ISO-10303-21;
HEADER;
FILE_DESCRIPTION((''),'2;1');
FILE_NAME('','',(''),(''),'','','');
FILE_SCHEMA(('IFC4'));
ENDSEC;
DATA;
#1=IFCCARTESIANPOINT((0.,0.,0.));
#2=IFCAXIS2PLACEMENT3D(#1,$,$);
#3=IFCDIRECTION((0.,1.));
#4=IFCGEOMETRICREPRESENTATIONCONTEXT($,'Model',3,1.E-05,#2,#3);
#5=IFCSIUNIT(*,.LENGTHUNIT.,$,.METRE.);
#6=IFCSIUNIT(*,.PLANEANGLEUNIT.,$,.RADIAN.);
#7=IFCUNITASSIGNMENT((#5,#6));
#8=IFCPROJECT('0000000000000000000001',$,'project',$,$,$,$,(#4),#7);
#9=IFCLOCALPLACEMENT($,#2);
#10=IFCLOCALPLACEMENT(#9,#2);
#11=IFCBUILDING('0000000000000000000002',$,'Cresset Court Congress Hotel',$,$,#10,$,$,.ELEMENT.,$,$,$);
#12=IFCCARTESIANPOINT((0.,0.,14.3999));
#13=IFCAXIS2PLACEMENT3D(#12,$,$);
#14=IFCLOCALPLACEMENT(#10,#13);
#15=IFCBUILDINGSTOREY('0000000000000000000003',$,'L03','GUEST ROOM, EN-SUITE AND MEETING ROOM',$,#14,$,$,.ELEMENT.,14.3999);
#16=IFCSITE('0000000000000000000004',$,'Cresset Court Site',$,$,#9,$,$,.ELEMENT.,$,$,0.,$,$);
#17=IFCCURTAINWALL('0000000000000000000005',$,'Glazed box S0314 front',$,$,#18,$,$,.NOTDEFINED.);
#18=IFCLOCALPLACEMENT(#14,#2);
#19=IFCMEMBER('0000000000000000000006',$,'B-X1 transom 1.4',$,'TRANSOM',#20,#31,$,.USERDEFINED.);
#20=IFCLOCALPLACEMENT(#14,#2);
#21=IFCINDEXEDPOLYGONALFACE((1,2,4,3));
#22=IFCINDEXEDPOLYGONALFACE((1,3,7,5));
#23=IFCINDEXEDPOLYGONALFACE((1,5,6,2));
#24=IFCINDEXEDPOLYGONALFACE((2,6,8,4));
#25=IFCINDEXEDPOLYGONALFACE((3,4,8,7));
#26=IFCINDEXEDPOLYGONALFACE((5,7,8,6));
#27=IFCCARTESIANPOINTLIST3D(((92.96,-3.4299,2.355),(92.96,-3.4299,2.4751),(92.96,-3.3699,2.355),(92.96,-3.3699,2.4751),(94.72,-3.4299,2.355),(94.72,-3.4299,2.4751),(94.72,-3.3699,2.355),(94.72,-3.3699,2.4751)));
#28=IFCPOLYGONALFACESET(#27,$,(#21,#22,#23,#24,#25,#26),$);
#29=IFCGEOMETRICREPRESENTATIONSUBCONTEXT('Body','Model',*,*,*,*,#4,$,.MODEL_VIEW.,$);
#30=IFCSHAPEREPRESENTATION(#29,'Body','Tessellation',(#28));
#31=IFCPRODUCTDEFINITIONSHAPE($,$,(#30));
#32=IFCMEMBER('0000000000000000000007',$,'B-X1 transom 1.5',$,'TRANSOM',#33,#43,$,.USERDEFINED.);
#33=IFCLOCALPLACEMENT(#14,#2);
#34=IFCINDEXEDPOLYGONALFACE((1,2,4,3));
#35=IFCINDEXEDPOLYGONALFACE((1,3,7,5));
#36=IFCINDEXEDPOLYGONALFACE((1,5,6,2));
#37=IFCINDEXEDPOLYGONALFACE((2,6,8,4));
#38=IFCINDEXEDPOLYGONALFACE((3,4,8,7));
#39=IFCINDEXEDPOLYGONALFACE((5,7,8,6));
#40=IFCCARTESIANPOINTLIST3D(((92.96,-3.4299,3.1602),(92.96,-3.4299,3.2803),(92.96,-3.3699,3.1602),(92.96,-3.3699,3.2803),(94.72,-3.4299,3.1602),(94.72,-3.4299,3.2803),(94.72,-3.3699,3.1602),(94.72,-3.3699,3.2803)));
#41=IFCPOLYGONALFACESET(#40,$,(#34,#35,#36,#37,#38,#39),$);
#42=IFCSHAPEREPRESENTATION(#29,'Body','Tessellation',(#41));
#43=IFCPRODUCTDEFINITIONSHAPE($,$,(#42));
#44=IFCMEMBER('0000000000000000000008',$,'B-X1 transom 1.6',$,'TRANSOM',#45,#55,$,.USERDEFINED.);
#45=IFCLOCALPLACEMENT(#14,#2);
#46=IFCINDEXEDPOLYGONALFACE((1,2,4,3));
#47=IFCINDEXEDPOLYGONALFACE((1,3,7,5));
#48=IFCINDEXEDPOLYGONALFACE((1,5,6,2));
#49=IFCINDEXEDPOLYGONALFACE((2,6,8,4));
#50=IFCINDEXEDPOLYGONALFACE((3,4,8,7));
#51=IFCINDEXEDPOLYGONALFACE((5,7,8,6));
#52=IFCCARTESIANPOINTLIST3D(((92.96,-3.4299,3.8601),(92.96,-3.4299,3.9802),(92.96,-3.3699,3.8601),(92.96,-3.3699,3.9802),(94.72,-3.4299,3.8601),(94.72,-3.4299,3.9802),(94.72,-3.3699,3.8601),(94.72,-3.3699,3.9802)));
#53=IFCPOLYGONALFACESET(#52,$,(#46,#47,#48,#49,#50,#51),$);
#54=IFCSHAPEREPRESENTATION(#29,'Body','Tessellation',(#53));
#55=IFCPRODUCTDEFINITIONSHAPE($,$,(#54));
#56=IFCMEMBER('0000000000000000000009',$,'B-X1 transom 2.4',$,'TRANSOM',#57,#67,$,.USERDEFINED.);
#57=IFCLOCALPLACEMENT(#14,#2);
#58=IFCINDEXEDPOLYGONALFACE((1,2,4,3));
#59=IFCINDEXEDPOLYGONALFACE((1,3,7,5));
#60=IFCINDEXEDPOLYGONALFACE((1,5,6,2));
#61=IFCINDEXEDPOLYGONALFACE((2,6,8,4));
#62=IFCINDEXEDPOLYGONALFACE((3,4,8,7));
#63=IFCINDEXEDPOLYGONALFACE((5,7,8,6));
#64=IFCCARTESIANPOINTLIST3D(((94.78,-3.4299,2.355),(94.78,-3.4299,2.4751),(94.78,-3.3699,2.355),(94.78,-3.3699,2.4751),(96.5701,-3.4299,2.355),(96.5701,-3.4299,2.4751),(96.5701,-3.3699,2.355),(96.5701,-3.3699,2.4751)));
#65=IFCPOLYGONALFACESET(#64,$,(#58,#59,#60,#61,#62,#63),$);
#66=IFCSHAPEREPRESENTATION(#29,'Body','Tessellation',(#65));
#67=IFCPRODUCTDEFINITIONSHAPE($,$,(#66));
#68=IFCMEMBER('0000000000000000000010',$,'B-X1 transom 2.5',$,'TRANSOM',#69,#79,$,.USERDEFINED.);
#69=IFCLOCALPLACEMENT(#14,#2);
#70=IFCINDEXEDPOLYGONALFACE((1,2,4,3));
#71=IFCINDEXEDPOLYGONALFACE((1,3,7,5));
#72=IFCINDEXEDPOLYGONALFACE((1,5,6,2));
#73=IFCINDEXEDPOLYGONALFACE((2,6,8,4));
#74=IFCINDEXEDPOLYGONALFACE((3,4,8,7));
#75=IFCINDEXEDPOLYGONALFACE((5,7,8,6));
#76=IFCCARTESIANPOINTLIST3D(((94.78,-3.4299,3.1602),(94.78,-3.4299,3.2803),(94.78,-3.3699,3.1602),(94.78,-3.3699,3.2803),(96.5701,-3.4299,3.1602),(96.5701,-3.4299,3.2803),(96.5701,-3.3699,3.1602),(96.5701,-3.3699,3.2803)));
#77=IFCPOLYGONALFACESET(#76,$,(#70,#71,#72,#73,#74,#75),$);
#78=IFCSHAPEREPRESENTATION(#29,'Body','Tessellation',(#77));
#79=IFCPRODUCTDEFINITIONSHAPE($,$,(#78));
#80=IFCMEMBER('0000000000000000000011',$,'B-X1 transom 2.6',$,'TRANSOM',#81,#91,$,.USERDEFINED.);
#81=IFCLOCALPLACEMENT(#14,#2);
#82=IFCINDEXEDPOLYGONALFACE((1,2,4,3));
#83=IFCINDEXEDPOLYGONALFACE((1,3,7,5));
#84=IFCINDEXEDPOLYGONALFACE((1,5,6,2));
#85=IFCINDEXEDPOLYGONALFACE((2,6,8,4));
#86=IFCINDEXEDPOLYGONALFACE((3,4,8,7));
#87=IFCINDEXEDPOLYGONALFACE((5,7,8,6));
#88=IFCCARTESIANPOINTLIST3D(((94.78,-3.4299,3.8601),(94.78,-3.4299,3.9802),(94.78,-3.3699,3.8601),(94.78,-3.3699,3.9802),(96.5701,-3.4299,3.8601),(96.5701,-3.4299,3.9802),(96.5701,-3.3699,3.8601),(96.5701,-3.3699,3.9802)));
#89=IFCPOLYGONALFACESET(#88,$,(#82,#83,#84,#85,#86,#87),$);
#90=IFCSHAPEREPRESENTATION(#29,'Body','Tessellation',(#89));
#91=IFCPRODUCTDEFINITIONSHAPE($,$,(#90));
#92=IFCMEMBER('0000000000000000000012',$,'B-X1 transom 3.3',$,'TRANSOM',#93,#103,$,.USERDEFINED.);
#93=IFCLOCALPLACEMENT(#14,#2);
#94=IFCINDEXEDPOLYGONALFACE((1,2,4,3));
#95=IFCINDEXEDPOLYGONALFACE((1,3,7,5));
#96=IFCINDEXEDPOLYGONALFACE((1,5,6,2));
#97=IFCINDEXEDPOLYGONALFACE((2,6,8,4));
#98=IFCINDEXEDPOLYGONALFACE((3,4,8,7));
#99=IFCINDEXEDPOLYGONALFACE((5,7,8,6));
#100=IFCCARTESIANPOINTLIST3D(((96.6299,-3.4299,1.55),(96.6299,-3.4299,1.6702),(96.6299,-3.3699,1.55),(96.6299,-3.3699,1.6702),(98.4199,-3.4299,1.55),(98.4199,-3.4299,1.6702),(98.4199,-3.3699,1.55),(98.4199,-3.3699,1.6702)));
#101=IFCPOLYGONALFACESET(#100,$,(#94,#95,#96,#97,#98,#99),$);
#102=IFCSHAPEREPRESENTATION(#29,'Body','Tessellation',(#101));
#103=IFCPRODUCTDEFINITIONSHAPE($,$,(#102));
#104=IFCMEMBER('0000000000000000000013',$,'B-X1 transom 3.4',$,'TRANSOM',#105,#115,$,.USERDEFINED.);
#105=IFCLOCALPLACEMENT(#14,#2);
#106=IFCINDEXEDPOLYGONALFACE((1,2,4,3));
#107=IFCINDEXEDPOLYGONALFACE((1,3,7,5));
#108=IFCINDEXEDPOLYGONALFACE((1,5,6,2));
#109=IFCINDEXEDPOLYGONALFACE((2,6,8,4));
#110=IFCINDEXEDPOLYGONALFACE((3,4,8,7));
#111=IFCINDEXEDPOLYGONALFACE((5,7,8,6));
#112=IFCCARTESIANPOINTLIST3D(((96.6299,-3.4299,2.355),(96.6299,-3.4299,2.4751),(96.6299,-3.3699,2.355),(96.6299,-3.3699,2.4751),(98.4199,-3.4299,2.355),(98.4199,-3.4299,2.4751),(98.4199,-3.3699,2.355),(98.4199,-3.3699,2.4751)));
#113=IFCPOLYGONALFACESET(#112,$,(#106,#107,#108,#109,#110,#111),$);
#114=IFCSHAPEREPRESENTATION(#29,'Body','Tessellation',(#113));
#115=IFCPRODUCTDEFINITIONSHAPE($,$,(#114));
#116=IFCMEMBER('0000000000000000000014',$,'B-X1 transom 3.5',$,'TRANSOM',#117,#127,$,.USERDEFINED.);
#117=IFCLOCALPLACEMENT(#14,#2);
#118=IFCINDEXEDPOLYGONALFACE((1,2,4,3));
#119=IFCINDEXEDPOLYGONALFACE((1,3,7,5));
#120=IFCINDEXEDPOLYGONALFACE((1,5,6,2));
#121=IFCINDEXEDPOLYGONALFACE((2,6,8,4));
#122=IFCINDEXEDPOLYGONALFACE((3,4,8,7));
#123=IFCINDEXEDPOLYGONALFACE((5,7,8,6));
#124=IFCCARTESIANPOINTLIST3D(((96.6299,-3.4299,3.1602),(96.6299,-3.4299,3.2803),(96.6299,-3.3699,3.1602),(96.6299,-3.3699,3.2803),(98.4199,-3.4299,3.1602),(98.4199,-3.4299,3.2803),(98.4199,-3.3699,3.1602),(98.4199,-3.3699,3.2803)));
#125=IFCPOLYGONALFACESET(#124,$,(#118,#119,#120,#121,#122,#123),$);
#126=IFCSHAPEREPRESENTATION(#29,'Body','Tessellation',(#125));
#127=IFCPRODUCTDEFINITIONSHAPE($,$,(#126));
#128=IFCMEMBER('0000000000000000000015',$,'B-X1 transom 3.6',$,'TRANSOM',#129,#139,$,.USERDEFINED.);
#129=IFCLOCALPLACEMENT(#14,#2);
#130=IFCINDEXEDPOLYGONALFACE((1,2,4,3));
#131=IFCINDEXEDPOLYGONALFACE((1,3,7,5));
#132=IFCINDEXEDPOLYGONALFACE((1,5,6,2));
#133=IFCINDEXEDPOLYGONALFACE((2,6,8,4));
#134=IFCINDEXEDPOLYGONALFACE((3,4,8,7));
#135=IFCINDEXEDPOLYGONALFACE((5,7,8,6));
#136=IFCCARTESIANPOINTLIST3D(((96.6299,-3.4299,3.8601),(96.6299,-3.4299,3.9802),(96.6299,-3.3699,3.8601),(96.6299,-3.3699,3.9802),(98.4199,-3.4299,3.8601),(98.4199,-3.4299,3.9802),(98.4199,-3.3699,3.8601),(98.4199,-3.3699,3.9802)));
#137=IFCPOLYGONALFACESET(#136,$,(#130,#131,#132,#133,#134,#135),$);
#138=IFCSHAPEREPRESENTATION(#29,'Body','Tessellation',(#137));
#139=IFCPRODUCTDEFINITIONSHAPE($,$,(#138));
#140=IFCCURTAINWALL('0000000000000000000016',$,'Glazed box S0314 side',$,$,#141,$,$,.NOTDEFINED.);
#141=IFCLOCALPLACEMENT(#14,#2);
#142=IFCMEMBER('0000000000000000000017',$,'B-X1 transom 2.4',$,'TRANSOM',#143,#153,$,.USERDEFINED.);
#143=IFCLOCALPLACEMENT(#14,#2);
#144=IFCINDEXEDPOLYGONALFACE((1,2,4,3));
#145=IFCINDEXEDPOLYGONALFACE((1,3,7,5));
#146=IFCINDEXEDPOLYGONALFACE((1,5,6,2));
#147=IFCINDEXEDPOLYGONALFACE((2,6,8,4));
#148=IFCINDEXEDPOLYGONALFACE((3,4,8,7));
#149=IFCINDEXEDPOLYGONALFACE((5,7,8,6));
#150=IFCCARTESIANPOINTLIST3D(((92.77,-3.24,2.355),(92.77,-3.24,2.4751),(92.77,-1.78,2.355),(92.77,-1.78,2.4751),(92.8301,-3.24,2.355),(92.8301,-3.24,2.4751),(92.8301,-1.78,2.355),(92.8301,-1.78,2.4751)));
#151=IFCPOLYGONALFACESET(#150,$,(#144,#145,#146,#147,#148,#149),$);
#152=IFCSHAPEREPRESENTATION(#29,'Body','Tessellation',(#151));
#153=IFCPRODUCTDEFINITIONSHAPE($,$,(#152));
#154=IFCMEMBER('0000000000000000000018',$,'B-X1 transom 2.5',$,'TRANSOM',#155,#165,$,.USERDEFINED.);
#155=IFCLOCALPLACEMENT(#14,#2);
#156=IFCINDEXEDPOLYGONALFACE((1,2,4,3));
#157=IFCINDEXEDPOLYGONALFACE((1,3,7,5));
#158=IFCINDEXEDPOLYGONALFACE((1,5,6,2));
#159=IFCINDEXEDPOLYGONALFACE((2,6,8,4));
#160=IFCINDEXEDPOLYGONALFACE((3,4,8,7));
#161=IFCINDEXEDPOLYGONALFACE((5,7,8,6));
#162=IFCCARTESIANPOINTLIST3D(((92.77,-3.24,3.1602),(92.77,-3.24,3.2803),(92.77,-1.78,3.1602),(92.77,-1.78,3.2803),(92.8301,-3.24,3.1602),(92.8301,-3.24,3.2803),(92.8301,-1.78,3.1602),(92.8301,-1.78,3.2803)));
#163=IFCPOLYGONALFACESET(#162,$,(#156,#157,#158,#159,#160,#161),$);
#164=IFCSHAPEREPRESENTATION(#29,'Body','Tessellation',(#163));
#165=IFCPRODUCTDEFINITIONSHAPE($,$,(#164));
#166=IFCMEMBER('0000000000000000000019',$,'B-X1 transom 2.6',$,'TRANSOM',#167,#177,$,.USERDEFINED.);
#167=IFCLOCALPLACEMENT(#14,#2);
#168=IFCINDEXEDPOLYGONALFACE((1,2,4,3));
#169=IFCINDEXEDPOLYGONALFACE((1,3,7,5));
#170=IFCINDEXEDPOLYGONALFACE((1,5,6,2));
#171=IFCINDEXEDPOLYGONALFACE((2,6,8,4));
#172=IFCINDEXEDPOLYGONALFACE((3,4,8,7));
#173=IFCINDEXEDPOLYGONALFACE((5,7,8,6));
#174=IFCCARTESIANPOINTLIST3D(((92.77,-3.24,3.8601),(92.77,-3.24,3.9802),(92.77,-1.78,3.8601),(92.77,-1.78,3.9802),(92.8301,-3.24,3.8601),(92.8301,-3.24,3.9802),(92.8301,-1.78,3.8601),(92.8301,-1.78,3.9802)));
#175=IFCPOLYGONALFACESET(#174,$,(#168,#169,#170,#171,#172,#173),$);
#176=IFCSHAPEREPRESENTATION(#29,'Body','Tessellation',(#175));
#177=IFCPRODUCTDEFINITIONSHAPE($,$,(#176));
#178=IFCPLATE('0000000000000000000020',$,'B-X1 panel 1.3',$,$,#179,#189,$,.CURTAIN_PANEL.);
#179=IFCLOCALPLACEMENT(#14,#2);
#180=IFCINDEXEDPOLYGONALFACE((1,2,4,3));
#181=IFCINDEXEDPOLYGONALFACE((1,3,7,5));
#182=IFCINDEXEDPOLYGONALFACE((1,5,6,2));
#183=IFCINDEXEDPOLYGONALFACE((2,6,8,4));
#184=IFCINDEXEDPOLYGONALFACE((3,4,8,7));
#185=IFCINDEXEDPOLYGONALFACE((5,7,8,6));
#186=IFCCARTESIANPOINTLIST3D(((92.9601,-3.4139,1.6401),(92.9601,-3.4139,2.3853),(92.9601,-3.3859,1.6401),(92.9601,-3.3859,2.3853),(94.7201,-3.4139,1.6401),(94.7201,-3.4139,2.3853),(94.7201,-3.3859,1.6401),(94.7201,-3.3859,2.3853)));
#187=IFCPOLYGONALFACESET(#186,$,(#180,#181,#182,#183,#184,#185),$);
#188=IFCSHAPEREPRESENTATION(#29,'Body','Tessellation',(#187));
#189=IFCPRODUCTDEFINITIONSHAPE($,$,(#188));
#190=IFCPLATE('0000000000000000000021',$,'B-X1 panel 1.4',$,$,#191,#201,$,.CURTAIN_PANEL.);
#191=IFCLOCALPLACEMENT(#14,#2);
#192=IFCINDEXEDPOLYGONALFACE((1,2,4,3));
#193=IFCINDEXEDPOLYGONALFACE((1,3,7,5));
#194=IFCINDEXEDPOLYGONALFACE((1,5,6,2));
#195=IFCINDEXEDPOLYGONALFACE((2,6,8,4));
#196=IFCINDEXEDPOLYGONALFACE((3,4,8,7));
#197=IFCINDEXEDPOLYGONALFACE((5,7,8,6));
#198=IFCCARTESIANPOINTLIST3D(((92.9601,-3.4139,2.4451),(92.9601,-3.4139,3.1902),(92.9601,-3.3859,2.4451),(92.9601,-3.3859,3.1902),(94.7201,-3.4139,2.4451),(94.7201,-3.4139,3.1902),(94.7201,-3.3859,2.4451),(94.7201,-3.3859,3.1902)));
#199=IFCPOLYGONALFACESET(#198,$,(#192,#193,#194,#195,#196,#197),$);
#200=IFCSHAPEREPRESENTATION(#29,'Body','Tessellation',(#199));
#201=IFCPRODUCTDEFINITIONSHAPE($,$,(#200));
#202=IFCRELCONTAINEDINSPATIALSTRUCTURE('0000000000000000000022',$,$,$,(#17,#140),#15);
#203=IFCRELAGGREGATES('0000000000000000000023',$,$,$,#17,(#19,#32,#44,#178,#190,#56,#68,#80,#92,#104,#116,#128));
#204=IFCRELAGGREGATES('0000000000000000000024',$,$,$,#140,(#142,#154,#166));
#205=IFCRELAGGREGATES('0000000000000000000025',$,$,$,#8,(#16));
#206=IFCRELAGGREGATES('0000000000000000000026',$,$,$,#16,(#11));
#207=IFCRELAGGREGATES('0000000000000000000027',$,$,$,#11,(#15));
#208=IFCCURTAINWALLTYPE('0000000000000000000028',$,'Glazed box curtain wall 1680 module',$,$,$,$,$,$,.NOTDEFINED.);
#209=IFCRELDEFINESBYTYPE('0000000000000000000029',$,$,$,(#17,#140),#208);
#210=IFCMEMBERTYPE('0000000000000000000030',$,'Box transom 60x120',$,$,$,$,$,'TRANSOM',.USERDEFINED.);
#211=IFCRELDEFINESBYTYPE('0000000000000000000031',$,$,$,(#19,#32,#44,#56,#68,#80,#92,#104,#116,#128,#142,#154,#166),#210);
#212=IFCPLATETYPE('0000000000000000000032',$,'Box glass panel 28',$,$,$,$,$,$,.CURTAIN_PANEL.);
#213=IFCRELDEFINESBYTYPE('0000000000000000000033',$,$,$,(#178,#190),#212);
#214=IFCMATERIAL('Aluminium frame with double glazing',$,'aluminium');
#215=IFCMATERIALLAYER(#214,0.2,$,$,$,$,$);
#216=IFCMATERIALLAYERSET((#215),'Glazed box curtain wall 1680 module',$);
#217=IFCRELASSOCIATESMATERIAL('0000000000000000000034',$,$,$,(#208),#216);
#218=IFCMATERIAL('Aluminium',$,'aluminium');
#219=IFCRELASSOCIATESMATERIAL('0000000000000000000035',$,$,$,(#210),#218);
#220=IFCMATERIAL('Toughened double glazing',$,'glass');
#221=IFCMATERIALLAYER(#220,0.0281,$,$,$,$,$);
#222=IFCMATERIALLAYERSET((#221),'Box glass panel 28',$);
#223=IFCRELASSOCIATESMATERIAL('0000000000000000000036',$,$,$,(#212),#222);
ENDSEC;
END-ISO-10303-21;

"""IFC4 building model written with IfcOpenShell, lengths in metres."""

from ifc_helpers import new_model, si_unit, direction, frame, origin, origin_2d, place, context, subcontext, project, spatial, rectangle, extrude, material, layer, layer_set, material_profile, profile_set, type_object, element, aggregate, save


model = new_model("IFC4")

# Units and contexts
model_context = context("Model", 3, precision=1e-05, world=origin(), true_north=direction((0.0, 1.0)))
body_context = subcontext(model_context, "Body", "Model", "MODEL_VIEW")
ifc_project = project(units=[si_unit("LENGTHUNIT", "METRE"), si_unit("PLANEANGLEUNIT", "RADIAN")], contexts=[model_context])

# Site, building, storey
site_placement = place(None, origin())
site = spatial("IfcSite", under=ifc_project, at=site_placement, Name="Cresset Court Site", CompositionType="ELEMENT", RefElevation=0.0)
building_placement = place(site_placement, origin())
building = spatial("IfcBuilding", under=site, at=building_placement, Name="Cresset Court Congress Hotel", CompositionType="ELEMENT")
storey_placement = place(building_placement, frame((0.0, 0.0, 14.3999)))
storey = spatial("IfcBuildingStorey", under=building, at=storey_placement, Name="L03", Description="GUEST ROOM, EN-SUITE AND MEETING ROOM", CompositionType="ELEMENT", Elevation=14.3999)

# Curtain walls, members
ifc_material_1 = material(Name="Aluminium frame with double glazing", Category="aluminium")
ifc_layer_1 = layer(ifc_material_1, 0.2)
ifc_layer_set_1 = layer_set([ifc_layer_1], Name="Glazed box curtain wall 1680 module")
curtain_wall_type = type_object("IfcCurtainWallType", Name="Glazed box curtain wall 1680 module", PredefinedType="NOTDEFINED", material=ifc_layer_set_1)
curtain_wall_1_placement = place(storey_placement, origin())
curtain_wall_1 = element("IfcCurtainWall", 1, at=curtain_wall_1_placement, inside=storey, type_object=curtain_wall_type, Name="Glazed box S0314 front", PredefinedType="NOTDEFINED")
ifc_material_2 = material(Name="Aluminium", Category="aluminium")
ifc_material_profile = material_profile(ifc_material_2, rectangle(XDim=0.0601, YDim=0.1201, at=origin_2d()), Name="Box transom 60x120")
ifc_profile_set = profile_set([ifc_material_profile], Name="Aluminium")
member_type = type_object("IfcMemberType", Name="Box transom 60x120", ElementType="TRANSOM", PredefinedType="USERDEFINED", material=ifc_profile_set)
member_1_placement = place(storey_placement, frame((92.96, -3.3999, 2.415), z_axis=(1.0, 0.0, 0.0), x_axis=(0.0, 1.0, 0.0)))
member_1 = element("IfcMember", 2, at=member_1_placement, type_object=member_type, Name="B-X1 transom 1.4", ObjectType="TRANSOM", PredefinedType="USERDEFINED", context=body_context, shape_type="SweptSolid", body=[
    extrude(rectangle(XDim=0.0601, YDim=0.1201, at=origin_2d()), origin(), (0.0, 0.0, 1.0), 1.76),
])
member_2_placement = place(storey_placement, frame((92.96, -3.3999, 3.2202), z_axis=(1.0, 0.0, 0.0), x_axis=(0.0, 1.0, 0.0)))
member_2 = element("IfcMember", 3, at=member_2_placement, type_object=member_type, Name="B-X1 transom 1.5", ObjectType="TRANSOM", PredefinedType="USERDEFINED", context=body_context, shape_type="SweptSolid", body=[
    extrude(rectangle(XDim=0.0601, YDim=0.1201, at=origin_2d()), origin(), (0.0, 0.0, 1.0), 1.76),
])
member_3_placement = place(storey_placement, frame((92.96, -3.3999, 3.9202), z_axis=(1.0, 0.0, 0.0), x_axis=(0.0, 1.0, 0.0)))
member_3 = element("IfcMember", 4, at=member_3_placement, type_object=member_type, Name="B-X1 transom 1.6", ObjectType="TRANSOM", PredefinedType="USERDEFINED", context=body_context, shape_type="SweptSolid", body=[
    extrude(rectangle(XDim=0.0601, YDim=0.1201, at=origin_2d()), origin(), (0.0, 0.0, 1.0), 1.76),
])
member_4_placement = place(storey_placement, frame((94.78, -3.3999, 2.415), z_axis=(1.0, 0.0, 0.0), x_axis=(0.0, 1.0, 0.0)))
member_4 = element("IfcMember", 5, at=member_4_placement, type_object=member_type, Name="B-X1 transom 2.4", ObjectType="TRANSOM", PredefinedType="USERDEFINED", context=body_context, shape_type="SweptSolid", body=[
    extrude(rectangle(XDim=0.0601, YDim=0.1201, at=origin_2d()), origin(), (0.0, 0.0, 1.0), 1.79),
])
member_5_placement = place(storey_placement, frame((94.78, -3.3999, 3.2202), z_axis=(1.0, 0.0, 0.0), x_axis=(0.0, 1.0, 0.0)))
member_5 = element("IfcMember", 6, at=member_5_placement, type_object=member_type, Name="B-X1 transom 2.5", ObjectType="TRANSOM", PredefinedType="USERDEFINED", context=body_context, shape_type="SweptSolid", body=[
    extrude(rectangle(XDim=0.0601, YDim=0.1201, at=origin_2d()), origin(), (0.0, 0.0, 1.0), 1.79),
])
member_6_placement = place(storey_placement, frame((94.78, -3.3999, 3.9202), z_axis=(1.0, 0.0, 0.0), x_axis=(0.0, 1.0, 0.0)))
member_6 = element("IfcMember", 7, at=member_6_placement, type_object=member_type, Name="B-X1 transom 2.6", ObjectType="TRANSOM", PredefinedType="USERDEFINED", context=body_context, shape_type="SweptSolid", body=[
    extrude(rectangle(XDim=0.0601, YDim=0.1201, at=origin_2d()), origin(), (0.0, 0.0, 1.0), 1.79),
])
member_7_placement = place(storey_placement, frame((96.6299, -3.3999, 1.6101), z_axis=(1.0, 0.0, 0.0), x_axis=(0.0, 1.0, 0.0)))
member_7 = element("IfcMember", 8, at=member_7_placement, type_object=member_type, Name="B-X1 transom 3.3", ObjectType="TRANSOM", PredefinedType="USERDEFINED", context=body_context, shape_type="SweptSolid", body=[
    extrude(rectangle(XDim=0.0601, YDim=0.1201, at=origin_2d()), origin(), (0.0, 0.0, 1.0), 1.79),
])
member_8_placement = place(storey_placement, frame((96.6299, -3.3999, 2.415), z_axis=(1.0, 0.0, 0.0), x_axis=(0.0, 1.0, 0.0)))
member_8 = element("IfcMember", 9, at=member_8_placement, type_object=member_type, Name="B-X1 transom 3.4", ObjectType="TRANSOM", PredefinedType="USERDEFINED", context=body_context, shape_type="SweptSolid", body=[
    extrude(rectangle(XDim=0.0601, YDim=0.1201, at=origin_2d()), origin(), (0.0, 0.0, 1.0), 1.79),
])
member_9_placement = place(storey_placement, frame((96.6299, -3.3999, 3.2202), z_axis=(1.0, 0.0, 0.0), x_axis=(0.0, 1.0, 0.0)))
member_9 = element("IfcMember", 10, at=member_9_placement, type_object=member_type, Name="B-X1 transom 3.5", ObjectType="TRANSOM", PredefinedType="USERDEFINED", context=body_context, shape_type="SweptSolid", body=[
    extrude(rectangle(XDim=0.0601, YDim=0.1201, at=origin_2d()), origin(), (0.0, 0.0, 1.0), 1.79),
])
member_10_placement = place(storey_placement, frame((96.6299, -3.3999, 3.9202), z_axis=(1.0, 0.0, 0.0), x_axis=(0.0, 1.0, 0.0)))
member_10 = element("IfcMember", 11, at=member_10_placement, type_object=member_type, Name="B-X1 transom 3.6", ObjectType="TRANSOM", PredefinedType="USERDEFINED", context=body_context, shape_type="SweptSolid", body=[
    extrude(rectangle(XDim=0.0601, YDim=0.1201, at=origin_2d()), origin(), (0.0, 0.0, 1.0), 1.79),
])
curtain_wall_2_placement = place(storey_placement, origin())
curtain_wall_2 = element("IfcCurtainWall", 12, at=curtain_wall_2_placement, inside=storey, type_object=curtain_wall_type, Name="Glazed box S0314 side", PredefinedType="NOTDEFINED")
member_11_placement = place(storey_placement, frame((92.8, -1.78, 2.415), z_axis=(0.0, -1.0, 0.0), x_axis=(1.0, 0.0, 0.0)))
member_11 = element("IfcMember", 13, at=member_11_placement, type_object=member_type, Name="B-X1 transom 2.4", ObjectType="TRANSOM", PredefinedType="USERDEFINED", context=body_context, shape_type="SweptSolid", body=[
    extrude(rectangle(XDim=0.0601, YDim=0.1201, at=origin_2d()), origin(), (0.0, 0.0, 1.0), 1.46),
])
member_12_placement = place(storey_placement, frame((92.8, -1.78, 3.2202), z_axis=(0.0, -1.0, 0.0), x_axis=(1.0, 0.0, 0.0)))
member_12 = element("IfcMember", 14, at=member_12_placement, type_object=member_type, Name="B-X1 transom 2.5", ObjectType="TRANSOM", PredefinedType="USERDEFINED", context=body_context, shape_type="SweptSolid", body=[
    extrude(rectangle(XDim=0.0601, YDim=0.1201, at=origin_2d()), origin(), (0.0, 0.0, 1.0), 1.46),
])
member_13_placement = place(storey_placement, frame((92.8, -1.78, 3.9202), z_axis=(0.0, -1.0, 0.0), x_axis=(1.0, 0.0, 0.0)))
member_13 = element("IfcMember", 15, at=member_13_placement, type_object=member_type, Name="B-X1 transom 2.6", ObjectType="TRANSOM", PredefinedType="USERDEFINED", context=body_context, shape_type="SweptSolid", body=[
    extrude(rectangle(XDim=0.0601, YDim=0.1201, at=origin_2d()), origin(), (0.0, 0.0, 1.0), 1.46),
])

# Plates
ifc_material_3 = material(Name="Toughened double glazing", Category="glass")
ifc_layer_2 = layer(ifc_material_3, 0.0281)
ifc_layer_set_2 = layer_set([ifc_layer_2], Name="Box glass panel 28")
plate_type_1 = type_object("IfcPlateType", Name="Box glass panel 28", PredefinedType="CURTAIN_PANEL", material=ifc_layer_set_2)
plate_1_placement = place(storey_placement, frame((93.8401, -3.3999, 1.6401), z_axis=(0.0, 0.0, 1.0), x_axis=(1.0, 0.0, 0.0)))
plate_1 = element("IfcPlate", 16, at=plate_1_placement, type_object=plate_type_1, Name="B-X1 panel 1.3", PredefinedType="CURTAIN_PANEL", context=body_context, shape_type="SweptSolid", body=[
    extrude(rectangle(XDim=1.76, YDim=0.0281, at=origin_2d()), origin(), (0.0, 0.0, 1.0), 0.7451),
])
plate_2_placement = place(storey_placement, frame((93.8401, -3.3999, 2.4451), z_axis=(0.0, 0.0, 1.0), x_axis=(1.0, 0.0, 0.0)))
plate_2 = element("IfcPlate", 17, at=plate_2_placement, type_object=plate_type_1, Name="B-X1 panel 1.4", PredefinedType="CURTAIN_PANEL", context=body_context, shape_type="SweptSolid", body=[
    extrude(rectangle(XDim=1.76, YDim=0.0281, at=origin_2d()), origin(), (0.0, 0.0, 1.0), 0.7451),
])
aggregate(curtain_wall_1, [member_1, member_2, member_3, plate_1, plate_2, member_4, member_5, member_6, member_7, member_8, member_9, member_10])
aggregate(curtain_wall_2, [member_11, member_12, member_13])

save(model, "model.ifc")
